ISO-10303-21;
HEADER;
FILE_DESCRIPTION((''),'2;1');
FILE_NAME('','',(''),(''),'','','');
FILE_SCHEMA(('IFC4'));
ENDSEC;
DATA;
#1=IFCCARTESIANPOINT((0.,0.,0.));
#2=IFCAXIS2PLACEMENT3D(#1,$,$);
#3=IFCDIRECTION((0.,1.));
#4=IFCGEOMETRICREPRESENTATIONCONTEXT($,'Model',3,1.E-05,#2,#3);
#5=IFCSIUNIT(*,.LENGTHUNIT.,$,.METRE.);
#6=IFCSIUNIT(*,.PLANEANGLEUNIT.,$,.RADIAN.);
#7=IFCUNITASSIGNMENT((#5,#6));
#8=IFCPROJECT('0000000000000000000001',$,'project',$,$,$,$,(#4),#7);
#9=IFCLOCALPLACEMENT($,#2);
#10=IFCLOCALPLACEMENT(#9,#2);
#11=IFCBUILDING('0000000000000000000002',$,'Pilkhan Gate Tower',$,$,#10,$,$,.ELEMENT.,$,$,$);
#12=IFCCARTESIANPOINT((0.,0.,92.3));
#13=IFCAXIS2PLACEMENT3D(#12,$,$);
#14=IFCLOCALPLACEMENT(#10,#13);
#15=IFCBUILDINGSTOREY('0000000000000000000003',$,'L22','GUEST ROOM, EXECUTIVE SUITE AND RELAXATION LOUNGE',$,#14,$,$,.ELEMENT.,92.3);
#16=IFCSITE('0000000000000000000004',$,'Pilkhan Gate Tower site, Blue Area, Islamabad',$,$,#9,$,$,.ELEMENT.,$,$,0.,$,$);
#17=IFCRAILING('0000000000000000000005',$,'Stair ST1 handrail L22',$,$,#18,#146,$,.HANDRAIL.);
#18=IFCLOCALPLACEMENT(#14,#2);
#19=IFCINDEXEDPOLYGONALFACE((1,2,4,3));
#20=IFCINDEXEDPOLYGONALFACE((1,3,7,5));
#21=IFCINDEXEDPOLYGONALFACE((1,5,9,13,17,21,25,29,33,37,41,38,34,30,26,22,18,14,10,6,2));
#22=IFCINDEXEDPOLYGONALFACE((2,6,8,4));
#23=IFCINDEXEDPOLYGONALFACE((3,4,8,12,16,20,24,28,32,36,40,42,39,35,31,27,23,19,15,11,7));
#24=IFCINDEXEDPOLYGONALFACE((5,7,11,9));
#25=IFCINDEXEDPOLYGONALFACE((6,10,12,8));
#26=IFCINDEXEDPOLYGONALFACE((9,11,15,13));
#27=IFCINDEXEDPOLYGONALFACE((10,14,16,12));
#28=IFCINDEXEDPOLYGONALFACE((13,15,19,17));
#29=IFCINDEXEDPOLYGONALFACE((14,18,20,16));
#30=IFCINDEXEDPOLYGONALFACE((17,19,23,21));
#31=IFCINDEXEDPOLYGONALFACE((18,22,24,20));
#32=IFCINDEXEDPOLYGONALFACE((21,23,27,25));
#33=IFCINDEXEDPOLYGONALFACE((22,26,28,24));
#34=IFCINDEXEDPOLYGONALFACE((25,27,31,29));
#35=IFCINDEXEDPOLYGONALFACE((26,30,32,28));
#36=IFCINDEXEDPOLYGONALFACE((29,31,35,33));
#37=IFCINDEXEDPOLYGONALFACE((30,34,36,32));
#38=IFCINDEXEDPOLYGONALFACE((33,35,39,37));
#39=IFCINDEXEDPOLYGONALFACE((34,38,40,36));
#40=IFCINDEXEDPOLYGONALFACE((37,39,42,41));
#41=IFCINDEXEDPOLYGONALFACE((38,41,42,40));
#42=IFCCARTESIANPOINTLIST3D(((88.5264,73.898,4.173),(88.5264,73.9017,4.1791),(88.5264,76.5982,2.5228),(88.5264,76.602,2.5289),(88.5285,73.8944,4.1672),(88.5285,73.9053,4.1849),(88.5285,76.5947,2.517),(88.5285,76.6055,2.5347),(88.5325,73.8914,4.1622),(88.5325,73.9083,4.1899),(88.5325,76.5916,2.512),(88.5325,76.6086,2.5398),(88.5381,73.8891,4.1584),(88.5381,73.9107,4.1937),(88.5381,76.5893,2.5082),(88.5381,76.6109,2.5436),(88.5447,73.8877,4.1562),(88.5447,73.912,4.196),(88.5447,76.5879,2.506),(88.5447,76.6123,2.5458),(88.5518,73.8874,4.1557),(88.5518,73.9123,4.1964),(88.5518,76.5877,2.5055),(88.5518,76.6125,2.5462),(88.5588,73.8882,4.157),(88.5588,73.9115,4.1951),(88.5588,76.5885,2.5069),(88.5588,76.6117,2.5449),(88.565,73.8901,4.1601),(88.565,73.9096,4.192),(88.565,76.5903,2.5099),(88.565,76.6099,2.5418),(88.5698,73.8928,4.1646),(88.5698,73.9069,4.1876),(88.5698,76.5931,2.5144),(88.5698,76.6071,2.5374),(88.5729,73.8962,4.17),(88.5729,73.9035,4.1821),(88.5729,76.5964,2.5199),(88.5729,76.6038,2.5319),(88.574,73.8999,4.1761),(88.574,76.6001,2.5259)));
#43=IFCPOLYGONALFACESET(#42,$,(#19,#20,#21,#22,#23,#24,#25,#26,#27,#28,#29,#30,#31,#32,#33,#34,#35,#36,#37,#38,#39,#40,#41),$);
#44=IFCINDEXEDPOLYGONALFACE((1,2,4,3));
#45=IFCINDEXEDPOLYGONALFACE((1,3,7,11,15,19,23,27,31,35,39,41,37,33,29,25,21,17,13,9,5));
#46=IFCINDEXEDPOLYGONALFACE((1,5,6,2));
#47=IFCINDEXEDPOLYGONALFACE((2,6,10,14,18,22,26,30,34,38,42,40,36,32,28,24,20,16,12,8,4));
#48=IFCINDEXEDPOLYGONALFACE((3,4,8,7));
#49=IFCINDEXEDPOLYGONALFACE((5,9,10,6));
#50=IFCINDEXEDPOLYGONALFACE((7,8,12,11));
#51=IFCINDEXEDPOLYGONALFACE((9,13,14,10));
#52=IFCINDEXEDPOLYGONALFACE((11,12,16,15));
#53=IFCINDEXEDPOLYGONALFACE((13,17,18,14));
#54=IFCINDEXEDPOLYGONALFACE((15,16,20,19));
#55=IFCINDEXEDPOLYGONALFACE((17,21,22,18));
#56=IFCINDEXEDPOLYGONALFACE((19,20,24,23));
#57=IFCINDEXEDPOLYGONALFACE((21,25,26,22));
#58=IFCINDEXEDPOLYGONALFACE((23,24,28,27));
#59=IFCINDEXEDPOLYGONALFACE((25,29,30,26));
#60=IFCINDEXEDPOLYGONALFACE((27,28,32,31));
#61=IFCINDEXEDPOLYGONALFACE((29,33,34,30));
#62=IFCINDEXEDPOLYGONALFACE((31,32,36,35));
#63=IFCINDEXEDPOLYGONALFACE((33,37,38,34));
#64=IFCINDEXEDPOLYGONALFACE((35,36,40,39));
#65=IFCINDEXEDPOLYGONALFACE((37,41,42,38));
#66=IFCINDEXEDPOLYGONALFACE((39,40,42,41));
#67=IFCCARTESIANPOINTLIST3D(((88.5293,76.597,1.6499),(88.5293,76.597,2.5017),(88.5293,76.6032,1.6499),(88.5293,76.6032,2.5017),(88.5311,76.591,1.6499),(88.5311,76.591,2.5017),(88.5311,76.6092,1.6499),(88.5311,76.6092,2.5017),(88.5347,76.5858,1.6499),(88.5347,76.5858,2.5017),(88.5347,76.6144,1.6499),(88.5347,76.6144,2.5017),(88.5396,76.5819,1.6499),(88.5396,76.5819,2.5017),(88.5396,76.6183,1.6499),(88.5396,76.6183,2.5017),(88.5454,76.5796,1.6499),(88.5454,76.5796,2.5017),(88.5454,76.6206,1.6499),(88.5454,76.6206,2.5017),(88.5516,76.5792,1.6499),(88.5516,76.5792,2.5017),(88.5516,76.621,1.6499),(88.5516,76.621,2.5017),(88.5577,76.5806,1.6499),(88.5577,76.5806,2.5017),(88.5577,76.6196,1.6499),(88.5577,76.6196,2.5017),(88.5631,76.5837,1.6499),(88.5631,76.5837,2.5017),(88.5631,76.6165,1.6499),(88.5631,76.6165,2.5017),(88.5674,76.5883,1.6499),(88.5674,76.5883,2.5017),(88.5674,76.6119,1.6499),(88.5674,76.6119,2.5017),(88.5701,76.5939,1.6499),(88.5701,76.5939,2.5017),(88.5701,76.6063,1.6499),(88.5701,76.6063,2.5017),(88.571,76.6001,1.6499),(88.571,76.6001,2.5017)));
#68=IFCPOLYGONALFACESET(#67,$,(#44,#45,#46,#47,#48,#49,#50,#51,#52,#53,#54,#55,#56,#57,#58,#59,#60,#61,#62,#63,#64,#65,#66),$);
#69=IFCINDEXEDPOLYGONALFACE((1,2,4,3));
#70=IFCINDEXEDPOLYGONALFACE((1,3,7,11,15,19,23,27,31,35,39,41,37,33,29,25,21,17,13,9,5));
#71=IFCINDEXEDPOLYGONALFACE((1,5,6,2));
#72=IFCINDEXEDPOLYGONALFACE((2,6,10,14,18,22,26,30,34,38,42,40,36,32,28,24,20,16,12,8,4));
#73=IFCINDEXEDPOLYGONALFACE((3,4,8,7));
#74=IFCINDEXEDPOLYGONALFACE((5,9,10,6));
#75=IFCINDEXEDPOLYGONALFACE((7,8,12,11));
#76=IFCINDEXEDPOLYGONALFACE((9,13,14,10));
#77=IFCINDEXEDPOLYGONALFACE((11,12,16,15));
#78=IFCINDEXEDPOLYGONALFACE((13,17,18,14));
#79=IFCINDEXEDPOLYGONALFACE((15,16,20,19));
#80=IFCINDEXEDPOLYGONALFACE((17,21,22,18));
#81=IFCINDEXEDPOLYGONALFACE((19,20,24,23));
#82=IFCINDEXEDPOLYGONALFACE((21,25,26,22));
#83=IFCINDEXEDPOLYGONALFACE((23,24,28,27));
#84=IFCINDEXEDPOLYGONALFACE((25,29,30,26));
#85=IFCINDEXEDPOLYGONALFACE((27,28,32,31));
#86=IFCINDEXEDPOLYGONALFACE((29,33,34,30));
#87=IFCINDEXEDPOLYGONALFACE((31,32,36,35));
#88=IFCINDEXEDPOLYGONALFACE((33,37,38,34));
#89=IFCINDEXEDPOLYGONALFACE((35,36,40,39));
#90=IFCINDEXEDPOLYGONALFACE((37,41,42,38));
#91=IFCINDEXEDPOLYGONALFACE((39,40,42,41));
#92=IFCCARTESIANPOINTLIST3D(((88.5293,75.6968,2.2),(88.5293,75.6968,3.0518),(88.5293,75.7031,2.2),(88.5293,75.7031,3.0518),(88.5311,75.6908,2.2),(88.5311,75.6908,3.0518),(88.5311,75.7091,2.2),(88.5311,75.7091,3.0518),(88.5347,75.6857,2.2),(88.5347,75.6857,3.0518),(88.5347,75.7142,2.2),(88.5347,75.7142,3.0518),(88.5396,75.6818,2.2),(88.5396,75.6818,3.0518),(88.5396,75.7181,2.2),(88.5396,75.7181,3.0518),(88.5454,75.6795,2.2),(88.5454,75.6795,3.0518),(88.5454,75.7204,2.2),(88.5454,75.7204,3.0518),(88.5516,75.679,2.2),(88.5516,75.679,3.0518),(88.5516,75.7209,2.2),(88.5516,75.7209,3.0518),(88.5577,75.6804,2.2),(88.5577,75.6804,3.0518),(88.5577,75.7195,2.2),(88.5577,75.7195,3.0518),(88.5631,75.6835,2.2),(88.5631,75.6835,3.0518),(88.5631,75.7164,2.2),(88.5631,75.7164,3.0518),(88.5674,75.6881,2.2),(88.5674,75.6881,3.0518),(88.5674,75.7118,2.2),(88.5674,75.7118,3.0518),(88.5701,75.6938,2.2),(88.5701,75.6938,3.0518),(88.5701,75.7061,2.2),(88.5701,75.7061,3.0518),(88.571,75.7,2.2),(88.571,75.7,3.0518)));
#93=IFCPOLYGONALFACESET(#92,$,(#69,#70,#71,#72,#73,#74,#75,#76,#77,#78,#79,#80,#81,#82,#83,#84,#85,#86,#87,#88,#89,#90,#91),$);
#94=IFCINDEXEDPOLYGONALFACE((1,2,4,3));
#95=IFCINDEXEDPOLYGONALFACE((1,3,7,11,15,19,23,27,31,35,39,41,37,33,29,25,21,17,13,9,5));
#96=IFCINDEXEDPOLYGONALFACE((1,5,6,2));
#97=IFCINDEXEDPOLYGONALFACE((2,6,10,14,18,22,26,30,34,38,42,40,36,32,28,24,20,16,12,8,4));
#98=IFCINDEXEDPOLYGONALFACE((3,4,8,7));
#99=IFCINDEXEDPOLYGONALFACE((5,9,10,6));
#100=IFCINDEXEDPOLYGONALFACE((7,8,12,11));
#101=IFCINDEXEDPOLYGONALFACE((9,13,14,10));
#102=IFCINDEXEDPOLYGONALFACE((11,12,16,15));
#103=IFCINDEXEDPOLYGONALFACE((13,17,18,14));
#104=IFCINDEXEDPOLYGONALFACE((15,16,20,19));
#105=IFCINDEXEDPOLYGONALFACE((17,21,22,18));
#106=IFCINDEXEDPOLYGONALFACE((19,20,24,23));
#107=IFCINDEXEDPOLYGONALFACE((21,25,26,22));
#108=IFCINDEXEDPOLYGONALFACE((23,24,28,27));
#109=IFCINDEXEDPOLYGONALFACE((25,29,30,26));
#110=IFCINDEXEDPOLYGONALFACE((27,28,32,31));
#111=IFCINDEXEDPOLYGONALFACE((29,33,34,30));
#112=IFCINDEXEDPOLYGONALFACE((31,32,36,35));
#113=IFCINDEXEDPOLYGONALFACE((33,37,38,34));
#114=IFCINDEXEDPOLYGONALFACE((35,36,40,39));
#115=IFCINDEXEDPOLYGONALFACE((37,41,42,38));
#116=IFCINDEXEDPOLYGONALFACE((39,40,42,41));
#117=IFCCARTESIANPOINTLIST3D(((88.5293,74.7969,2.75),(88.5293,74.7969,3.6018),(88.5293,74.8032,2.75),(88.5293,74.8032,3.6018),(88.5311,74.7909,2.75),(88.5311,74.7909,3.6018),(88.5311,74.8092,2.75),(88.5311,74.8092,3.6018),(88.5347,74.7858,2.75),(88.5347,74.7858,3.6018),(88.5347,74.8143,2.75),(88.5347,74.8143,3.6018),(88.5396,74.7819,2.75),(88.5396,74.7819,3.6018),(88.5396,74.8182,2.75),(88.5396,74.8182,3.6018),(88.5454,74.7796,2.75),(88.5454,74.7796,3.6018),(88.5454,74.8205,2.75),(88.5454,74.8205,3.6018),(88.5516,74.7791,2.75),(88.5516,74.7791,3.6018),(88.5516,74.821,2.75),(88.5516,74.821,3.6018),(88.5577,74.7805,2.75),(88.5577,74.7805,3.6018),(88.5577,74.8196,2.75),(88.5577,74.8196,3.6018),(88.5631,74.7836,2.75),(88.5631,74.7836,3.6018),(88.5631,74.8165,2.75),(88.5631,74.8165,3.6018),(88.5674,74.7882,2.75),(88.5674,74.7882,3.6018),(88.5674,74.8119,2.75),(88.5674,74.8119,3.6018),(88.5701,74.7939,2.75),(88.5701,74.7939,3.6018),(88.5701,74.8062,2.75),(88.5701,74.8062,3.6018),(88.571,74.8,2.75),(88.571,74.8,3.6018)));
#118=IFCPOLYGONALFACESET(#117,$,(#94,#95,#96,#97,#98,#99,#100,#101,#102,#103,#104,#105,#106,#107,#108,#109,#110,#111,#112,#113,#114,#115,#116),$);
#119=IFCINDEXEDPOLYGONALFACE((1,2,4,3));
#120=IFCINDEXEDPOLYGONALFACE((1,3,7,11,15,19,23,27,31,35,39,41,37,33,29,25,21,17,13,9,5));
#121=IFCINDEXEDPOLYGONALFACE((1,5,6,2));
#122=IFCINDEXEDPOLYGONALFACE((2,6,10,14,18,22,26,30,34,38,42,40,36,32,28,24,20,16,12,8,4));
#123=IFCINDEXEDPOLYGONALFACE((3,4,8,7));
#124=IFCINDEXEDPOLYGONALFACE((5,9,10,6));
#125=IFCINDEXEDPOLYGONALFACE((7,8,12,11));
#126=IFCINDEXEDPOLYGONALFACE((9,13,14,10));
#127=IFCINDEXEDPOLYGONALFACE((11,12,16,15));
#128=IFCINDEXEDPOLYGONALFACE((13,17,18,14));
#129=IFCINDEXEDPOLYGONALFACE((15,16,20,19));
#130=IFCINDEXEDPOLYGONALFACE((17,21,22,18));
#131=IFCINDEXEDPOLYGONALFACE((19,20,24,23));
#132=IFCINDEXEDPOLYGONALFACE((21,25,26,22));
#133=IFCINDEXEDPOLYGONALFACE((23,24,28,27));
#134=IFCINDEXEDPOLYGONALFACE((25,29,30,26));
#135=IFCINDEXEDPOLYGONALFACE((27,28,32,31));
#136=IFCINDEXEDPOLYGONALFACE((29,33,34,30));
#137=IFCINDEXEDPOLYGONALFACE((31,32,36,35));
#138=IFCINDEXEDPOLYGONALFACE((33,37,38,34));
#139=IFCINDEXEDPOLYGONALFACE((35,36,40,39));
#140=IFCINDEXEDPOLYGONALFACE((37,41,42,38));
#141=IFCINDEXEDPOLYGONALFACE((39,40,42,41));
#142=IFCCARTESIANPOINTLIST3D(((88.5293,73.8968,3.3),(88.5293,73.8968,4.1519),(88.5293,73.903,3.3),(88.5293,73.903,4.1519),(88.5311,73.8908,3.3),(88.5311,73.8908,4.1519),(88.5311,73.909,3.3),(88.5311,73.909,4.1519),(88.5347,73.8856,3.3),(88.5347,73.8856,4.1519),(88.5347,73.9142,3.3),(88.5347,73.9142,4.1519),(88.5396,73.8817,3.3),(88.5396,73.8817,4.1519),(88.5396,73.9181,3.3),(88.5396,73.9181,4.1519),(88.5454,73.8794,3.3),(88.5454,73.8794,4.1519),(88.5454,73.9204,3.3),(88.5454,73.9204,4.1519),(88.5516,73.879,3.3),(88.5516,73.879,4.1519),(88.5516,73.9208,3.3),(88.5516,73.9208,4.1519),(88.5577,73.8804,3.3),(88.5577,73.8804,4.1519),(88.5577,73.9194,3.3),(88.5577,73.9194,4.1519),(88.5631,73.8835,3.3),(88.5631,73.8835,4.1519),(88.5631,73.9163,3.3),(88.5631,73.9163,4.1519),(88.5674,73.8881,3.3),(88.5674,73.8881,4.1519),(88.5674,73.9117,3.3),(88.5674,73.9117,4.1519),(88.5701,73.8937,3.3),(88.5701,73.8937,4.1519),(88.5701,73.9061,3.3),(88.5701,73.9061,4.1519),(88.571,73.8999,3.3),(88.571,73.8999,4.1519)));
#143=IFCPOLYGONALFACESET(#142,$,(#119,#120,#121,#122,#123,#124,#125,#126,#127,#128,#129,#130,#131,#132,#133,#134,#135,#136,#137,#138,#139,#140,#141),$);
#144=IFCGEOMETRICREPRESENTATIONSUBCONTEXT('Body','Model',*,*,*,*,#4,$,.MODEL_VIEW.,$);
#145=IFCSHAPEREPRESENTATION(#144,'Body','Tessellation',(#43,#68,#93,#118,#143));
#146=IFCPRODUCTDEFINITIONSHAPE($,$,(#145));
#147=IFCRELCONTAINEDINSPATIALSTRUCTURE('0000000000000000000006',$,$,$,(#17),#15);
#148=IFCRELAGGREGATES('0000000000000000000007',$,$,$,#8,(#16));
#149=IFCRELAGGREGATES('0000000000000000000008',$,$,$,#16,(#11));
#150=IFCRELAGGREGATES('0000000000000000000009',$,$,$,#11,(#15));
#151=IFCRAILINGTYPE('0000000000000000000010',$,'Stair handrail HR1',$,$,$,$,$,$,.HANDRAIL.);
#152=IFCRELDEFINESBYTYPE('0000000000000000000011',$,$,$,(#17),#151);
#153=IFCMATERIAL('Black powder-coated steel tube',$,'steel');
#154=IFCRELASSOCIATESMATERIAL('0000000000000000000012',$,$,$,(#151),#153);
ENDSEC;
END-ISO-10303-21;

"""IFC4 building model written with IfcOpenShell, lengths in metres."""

from ifc_helpers import new_model, si_unit, direction, frame, origin, origin_2d, place, context, subcontext, project, spatial, circle, extrude, material, type_object, element, save


model = new_model("IFC4")

# Units and contexts
model_context = context("Model", 3, precision=1e-05, world=origin(), true_north=direction((0.0, 1.0)))
body_context = subcontext(model_context, "Body", "Model", "MODEL_VIEW")
ifc_project = project(units=[si_unit("LENGTHUNIT", "METRE"), si_unit("PLANEANGLEUNIT", "RADIAN")], contexts=[model_context])

# Site, building, storey
site_placement = place(None, origin())
site = spatial("IfcSite", under=ifc_project, at=site_placement, Name="Pilkhan Gate Tower site, Blue Area, Islamabad", CompositionType="ELEMENT", RefElevation=0.0)
building_placement = place(site_placement, origin())
building = spatial("IfcBuilding", under=site, at=building_placement, Name="Pilkhan Gate Tower", CompositionType="ELEMENT")
storey_placement = place(building_placement, frame((0.0, 0.0, 92.3)))
storey = spatial("IfcBuildingStorey", under=building, at=storey_placement, Name="L22", Description="GUEST ROOM, EXECUTIVE SUITE AND RELAXATION LOUNGE", CompositionType="ELEMENT", Elevation=92.3)

# Railing
ifc_material_1 = material(Name="Black powder-coated steel tube", Category="steel")
railing_type_1 = type_object("IfcRailingType", Name="Stair handrail HR1", PredefinedType="HANDRAIL", material=ifc_material_1)
railing_1_placement = place(storey_placement, frame((88.55, 76.6001, 1.6499)))
element("IfcRailing", 1, at=railing_1_placement, inside=storey, type_object=railing_type_1, Name="Stair ST1 handrail L22", PredefinedType="HANDRAIL", context=body_context, shape_type="SweptSolid", body=[
    extrude(circle(Radius=0.0239, at=origin_2d()), frame((0.0, 0.0, 0.876), z_axis=(0.0, -0.853278, 0.521456), x_axis=(1.0, 0.0, 0.0)), (0.0, 0.0, 1.0), 3.1646),
    extrude(circle(Radius=0.021, at=origin_2d()), origin(), (0.0, 0.0, 1.0), 0.8518),
    extrude(circle(Radius=0.021, at=origin_2d()), frame((0.0, -0.9001, 0.55)), (0.0, 0.0, 1.0), 0.8518),
    extrude(circle(Radius=0.021, at=origin_2d()), frame((0.0, -1.8, 1.1001)), (0.0, 0.0, 1.0), 0.8518),
    extrude(circle(Radius=0.021, at=origin_2d()), frame((0.0, -2.7002, 1.6501)), (0.0, 0.0, 1.0), 0.8518),
])

save(model, "model.ifc")
